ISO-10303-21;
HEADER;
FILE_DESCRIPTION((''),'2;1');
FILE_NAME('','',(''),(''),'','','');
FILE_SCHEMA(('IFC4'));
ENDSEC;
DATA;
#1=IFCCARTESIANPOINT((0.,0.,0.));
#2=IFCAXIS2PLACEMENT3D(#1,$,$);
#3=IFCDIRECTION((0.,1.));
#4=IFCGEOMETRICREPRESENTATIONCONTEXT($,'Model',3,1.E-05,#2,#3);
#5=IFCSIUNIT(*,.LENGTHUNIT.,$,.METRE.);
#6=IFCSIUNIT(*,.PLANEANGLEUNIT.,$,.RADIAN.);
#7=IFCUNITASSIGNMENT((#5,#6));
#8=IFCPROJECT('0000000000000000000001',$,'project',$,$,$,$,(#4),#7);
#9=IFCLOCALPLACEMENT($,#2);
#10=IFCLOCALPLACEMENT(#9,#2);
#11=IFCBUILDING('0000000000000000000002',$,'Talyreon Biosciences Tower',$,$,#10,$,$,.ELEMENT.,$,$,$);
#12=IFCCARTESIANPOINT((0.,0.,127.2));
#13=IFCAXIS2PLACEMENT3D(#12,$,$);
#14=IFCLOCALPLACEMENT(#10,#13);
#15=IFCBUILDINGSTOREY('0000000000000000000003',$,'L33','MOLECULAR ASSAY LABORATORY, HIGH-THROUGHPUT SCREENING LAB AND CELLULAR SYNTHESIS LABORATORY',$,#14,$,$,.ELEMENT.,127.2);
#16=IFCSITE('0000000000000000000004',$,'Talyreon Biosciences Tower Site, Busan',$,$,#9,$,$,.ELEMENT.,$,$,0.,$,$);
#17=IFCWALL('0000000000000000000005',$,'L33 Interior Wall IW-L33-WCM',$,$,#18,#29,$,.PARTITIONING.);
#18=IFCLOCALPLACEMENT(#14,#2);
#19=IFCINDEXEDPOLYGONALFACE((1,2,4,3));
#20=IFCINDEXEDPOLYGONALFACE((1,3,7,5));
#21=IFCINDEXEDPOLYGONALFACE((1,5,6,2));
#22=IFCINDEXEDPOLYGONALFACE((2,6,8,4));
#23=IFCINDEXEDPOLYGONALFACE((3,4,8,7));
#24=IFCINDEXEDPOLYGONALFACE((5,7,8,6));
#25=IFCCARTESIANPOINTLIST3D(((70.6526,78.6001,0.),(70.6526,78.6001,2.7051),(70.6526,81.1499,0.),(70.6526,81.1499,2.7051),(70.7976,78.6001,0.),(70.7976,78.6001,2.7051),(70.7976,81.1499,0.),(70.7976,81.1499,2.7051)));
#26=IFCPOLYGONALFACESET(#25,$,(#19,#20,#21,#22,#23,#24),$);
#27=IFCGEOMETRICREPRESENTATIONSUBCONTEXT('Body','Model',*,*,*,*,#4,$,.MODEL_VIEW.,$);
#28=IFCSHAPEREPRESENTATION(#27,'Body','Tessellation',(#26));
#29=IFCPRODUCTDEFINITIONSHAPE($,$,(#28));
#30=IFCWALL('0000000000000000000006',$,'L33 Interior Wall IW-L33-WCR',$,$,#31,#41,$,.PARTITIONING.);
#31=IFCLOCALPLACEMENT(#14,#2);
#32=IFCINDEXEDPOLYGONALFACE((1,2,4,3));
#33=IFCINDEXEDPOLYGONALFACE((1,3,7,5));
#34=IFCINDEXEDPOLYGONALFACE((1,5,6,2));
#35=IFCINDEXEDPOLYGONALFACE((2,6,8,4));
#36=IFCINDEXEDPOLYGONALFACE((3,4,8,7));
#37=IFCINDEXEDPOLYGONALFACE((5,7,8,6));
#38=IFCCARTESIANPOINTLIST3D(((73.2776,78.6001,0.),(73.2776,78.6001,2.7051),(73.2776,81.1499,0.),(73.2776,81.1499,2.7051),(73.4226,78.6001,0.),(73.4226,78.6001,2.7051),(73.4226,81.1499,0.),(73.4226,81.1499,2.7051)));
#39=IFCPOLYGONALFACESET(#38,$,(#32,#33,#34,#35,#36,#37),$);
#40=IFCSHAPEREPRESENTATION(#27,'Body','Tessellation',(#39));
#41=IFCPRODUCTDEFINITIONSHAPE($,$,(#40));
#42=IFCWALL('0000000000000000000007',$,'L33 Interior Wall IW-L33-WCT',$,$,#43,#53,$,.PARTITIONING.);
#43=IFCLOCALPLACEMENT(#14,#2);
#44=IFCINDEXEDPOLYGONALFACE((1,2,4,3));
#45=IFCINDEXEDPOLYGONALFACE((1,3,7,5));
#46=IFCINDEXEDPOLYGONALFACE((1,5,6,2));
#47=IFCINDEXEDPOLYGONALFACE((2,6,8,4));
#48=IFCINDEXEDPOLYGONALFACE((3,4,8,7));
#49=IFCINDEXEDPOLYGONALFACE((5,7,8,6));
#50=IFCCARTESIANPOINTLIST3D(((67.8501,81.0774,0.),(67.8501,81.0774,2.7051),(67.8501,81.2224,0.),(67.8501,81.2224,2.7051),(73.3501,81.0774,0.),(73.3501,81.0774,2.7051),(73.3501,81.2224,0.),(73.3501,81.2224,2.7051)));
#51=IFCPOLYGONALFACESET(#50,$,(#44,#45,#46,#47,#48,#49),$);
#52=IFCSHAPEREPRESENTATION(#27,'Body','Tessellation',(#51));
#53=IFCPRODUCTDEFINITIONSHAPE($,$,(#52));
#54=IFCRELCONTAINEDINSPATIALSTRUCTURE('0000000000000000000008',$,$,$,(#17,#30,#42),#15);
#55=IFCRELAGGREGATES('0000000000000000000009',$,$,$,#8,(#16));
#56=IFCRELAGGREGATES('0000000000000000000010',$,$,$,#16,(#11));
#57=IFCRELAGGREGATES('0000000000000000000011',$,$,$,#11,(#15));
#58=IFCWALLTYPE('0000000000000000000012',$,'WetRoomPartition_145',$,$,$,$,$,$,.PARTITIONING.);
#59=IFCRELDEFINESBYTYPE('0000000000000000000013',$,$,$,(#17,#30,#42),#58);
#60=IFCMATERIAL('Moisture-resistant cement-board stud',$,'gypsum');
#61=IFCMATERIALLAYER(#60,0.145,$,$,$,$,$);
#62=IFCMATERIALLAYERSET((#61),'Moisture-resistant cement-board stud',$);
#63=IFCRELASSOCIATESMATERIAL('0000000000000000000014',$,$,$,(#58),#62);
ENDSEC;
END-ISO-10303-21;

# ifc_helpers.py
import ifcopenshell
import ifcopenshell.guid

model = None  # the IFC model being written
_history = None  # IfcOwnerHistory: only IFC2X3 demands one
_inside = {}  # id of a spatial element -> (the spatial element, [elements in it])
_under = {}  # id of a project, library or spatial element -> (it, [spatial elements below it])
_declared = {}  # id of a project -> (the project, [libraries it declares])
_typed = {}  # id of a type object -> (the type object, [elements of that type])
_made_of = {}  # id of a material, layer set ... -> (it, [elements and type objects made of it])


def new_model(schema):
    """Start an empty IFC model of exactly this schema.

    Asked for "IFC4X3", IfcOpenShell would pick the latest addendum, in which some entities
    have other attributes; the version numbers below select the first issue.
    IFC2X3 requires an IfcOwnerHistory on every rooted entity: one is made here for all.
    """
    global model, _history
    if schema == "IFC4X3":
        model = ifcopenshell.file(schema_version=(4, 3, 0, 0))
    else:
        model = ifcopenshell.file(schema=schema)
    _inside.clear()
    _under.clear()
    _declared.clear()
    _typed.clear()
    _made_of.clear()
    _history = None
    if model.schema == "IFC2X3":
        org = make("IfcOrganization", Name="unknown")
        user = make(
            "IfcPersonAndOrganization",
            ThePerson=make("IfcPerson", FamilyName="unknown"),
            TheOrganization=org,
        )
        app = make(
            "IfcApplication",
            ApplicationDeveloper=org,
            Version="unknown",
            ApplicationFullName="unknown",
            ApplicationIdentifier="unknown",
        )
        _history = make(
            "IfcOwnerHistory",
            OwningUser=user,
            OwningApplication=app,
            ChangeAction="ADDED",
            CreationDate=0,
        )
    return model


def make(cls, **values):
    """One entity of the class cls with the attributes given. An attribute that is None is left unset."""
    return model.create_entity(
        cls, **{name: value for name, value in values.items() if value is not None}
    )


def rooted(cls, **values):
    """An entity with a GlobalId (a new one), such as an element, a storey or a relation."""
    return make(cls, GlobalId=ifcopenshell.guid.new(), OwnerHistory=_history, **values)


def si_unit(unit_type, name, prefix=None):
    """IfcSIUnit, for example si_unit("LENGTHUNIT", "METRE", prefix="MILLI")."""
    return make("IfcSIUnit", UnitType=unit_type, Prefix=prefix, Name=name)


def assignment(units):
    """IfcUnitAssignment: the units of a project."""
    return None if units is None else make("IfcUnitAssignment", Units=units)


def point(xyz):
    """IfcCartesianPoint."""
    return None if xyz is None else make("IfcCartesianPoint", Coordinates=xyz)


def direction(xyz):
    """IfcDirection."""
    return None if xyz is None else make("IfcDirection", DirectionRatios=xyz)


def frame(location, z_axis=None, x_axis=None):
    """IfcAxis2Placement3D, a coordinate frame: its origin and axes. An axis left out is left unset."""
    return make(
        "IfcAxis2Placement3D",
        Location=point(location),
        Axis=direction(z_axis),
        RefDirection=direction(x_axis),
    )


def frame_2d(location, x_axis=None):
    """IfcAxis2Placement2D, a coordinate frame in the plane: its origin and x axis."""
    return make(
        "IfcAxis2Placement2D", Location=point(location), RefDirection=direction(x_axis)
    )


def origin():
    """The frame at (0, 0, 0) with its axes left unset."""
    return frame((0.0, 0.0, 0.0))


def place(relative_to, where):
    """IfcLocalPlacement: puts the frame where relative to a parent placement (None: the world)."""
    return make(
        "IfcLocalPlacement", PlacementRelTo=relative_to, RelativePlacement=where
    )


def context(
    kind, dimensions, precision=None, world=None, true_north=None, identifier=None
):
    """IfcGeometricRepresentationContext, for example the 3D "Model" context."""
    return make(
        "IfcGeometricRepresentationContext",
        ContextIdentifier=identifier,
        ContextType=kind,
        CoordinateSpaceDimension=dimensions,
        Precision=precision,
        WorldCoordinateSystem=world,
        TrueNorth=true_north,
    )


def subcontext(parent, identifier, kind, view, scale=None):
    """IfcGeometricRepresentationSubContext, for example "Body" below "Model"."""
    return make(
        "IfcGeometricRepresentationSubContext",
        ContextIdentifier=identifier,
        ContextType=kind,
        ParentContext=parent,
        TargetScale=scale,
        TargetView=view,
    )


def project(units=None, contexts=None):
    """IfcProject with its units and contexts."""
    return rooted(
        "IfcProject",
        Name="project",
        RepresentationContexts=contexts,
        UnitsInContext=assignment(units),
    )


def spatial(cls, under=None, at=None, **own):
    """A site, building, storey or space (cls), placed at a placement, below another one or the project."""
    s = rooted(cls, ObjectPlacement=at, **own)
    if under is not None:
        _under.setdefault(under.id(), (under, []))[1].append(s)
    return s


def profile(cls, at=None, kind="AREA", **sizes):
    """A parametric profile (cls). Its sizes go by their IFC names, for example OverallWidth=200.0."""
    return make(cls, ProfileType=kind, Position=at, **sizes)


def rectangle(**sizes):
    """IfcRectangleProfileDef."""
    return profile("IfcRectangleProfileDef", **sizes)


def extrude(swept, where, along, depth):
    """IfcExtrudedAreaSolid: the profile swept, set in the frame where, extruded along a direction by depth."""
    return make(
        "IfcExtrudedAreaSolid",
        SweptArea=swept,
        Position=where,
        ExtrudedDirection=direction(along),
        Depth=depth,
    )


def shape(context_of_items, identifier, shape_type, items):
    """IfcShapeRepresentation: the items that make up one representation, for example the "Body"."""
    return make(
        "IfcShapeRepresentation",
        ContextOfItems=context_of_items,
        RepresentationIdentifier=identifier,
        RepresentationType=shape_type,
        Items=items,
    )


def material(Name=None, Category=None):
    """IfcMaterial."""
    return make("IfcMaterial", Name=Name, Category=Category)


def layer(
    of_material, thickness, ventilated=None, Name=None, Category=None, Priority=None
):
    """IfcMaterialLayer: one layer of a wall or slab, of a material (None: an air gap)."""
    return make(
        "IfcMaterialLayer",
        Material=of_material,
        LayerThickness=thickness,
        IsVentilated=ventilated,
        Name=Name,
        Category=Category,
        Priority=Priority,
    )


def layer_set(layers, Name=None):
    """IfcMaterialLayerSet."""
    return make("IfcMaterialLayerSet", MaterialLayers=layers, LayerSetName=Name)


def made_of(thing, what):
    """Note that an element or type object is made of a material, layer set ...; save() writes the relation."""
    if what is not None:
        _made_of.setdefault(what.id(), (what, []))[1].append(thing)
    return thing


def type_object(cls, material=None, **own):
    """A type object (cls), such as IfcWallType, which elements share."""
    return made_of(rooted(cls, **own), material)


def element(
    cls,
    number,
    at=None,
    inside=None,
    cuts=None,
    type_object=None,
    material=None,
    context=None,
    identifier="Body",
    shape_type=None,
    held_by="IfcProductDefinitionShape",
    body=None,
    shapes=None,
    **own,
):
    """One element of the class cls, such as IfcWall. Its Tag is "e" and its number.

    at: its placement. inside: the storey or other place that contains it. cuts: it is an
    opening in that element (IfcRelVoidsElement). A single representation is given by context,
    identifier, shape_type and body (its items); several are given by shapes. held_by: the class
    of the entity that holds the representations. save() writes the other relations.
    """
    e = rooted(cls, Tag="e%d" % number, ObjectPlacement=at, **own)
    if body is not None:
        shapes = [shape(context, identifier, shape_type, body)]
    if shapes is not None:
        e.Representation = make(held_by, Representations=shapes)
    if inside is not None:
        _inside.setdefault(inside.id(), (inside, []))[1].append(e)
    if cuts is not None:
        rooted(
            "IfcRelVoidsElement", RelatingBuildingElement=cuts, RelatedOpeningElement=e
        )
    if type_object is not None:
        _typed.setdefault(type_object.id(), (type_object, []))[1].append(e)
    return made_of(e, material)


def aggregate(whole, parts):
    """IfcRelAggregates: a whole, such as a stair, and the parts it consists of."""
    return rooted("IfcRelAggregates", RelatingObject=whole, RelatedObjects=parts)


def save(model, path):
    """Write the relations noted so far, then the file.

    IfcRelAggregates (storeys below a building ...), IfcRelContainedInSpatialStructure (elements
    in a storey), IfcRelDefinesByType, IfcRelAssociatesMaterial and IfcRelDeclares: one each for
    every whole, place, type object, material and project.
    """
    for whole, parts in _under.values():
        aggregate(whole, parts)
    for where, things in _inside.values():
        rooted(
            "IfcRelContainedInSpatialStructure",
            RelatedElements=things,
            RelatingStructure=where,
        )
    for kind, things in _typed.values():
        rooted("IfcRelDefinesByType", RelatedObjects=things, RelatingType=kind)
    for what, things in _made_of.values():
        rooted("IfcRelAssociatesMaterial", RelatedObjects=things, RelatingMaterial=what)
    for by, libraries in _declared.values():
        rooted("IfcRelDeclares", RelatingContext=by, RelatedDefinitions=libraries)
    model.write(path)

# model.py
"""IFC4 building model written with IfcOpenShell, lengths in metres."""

from ifc_helpers import new_model, si_unit, direction, frame, frame_2d, origin, place, context, subcontext, project, spatial, rectangle, extrude, material, layer, layer_set, type_object, element, save


model = new_model("IFC4")

# Units and contexts
model_context = context("Model", 3, precision=1e-05, world=origin(), true_north=direction((0.0, 1.0)))
body_context = subcontext(model_context, "Body", "Model", "MODEL_VIEW")
ifc_project = project(units=[si_unit("LENGTHUNIT", "METRE"), si_unit("PLANEANGLEUNIT", "RADIAN")], contexts=[model_context])

# Site, building, storey
site_placement = place(None, origin())
site = spatial("IfcSite", under=ifc_project, at=site_placement, Name="Talyreon Biosciences Tower Site, Busan", CompositionType="ELEMENT", RefElevation=0.0)
building_placement = place(site_placement, origin())
building = spatial("IfcBuilding", under=site, at=building_placement, Name="Talyreon Biosciences Tower", CompositionType="ELEMENT")
storey_placement = place(building_placement, frame((0.0, 0.0, 127.2)))
storey = spatial("IfcBuildingStorey", under=building, at=storey_placement, Name="L33", Description="MOLECULAR ASSAY LABORATORY, HIGH-THROUGHPUT SCREENING LAB AND CELLULAR SYNTHESIS LABORATORY", CompositionType="ELEMENT", Elevation=127.2)

# Walls
ifc_material_1 = material(Name="Moisture-resistant cement-board stud", Category="gypsum")
ifc_layer_1 = layer(ifc_material_1, 0.145)
ifc_layer_set_1 = layer_set([ifc_layer_1], Name="Moisture-resistant cement-board stud")
wall_type_1 = type_object("IfcWallType", Name="WetRoomPartition_145", PredefinedType="PARTITIONING", material=ifc_layer_set_1)
for number, where, z_axis, x_axis, name in (
    (1, (70.7251, 78.6001, 0.0), (0.0, 0.0, 1.0), (0.0, 1.0, 0.0), "L33 Interior Wall IW-L33-WCM"),
    (2, (73.3501, 78.6001, 0.0), (0.0, 0.0, 1.0), (0.0, 1.0, 0.0), "L33 Interior Wall IW-L33-WCR"),
):
    element("IfcWall", number, at=place(storey_placement, frame(where, z_axis=z_axis, x_axis=x_axis)), inside=storey, type_object=wall_type_1, Name=name, PredefinedType="PARTITIONING", context=body_context, shape_type="SweptSolid", body=[
        extrude(rectangle(XDim=2.5498, YDim=0.145, at=frame_2d((1.2749, 0.0))), origin(), (0.0, 0.0, 1.0), 2.7051),
    ])
wall_1_placement = place(storey_placement, frame((67.8501, 81.1499, 0.0), z_axis=(0.0, 0.0, 1.0), x_axis=(1.0, 0.0, 0.0)))
element("IfcWall", 3, at=wall_1_placement, inside=storey, type_object=wall_type_1, Name="L33 Interior Wall IW-L33-WCT", PredefinedType="PARTITIONING", context=body_context, shape_type="SweptSolid", body=[
    extrude(rectangle(XDim=5.5, YDim=0.145, at=frame_2d((2.75, 0.0))), origin(), (0.0, 0.0, 1.0), 2.7051),
])

save(model, "model.ifc")
